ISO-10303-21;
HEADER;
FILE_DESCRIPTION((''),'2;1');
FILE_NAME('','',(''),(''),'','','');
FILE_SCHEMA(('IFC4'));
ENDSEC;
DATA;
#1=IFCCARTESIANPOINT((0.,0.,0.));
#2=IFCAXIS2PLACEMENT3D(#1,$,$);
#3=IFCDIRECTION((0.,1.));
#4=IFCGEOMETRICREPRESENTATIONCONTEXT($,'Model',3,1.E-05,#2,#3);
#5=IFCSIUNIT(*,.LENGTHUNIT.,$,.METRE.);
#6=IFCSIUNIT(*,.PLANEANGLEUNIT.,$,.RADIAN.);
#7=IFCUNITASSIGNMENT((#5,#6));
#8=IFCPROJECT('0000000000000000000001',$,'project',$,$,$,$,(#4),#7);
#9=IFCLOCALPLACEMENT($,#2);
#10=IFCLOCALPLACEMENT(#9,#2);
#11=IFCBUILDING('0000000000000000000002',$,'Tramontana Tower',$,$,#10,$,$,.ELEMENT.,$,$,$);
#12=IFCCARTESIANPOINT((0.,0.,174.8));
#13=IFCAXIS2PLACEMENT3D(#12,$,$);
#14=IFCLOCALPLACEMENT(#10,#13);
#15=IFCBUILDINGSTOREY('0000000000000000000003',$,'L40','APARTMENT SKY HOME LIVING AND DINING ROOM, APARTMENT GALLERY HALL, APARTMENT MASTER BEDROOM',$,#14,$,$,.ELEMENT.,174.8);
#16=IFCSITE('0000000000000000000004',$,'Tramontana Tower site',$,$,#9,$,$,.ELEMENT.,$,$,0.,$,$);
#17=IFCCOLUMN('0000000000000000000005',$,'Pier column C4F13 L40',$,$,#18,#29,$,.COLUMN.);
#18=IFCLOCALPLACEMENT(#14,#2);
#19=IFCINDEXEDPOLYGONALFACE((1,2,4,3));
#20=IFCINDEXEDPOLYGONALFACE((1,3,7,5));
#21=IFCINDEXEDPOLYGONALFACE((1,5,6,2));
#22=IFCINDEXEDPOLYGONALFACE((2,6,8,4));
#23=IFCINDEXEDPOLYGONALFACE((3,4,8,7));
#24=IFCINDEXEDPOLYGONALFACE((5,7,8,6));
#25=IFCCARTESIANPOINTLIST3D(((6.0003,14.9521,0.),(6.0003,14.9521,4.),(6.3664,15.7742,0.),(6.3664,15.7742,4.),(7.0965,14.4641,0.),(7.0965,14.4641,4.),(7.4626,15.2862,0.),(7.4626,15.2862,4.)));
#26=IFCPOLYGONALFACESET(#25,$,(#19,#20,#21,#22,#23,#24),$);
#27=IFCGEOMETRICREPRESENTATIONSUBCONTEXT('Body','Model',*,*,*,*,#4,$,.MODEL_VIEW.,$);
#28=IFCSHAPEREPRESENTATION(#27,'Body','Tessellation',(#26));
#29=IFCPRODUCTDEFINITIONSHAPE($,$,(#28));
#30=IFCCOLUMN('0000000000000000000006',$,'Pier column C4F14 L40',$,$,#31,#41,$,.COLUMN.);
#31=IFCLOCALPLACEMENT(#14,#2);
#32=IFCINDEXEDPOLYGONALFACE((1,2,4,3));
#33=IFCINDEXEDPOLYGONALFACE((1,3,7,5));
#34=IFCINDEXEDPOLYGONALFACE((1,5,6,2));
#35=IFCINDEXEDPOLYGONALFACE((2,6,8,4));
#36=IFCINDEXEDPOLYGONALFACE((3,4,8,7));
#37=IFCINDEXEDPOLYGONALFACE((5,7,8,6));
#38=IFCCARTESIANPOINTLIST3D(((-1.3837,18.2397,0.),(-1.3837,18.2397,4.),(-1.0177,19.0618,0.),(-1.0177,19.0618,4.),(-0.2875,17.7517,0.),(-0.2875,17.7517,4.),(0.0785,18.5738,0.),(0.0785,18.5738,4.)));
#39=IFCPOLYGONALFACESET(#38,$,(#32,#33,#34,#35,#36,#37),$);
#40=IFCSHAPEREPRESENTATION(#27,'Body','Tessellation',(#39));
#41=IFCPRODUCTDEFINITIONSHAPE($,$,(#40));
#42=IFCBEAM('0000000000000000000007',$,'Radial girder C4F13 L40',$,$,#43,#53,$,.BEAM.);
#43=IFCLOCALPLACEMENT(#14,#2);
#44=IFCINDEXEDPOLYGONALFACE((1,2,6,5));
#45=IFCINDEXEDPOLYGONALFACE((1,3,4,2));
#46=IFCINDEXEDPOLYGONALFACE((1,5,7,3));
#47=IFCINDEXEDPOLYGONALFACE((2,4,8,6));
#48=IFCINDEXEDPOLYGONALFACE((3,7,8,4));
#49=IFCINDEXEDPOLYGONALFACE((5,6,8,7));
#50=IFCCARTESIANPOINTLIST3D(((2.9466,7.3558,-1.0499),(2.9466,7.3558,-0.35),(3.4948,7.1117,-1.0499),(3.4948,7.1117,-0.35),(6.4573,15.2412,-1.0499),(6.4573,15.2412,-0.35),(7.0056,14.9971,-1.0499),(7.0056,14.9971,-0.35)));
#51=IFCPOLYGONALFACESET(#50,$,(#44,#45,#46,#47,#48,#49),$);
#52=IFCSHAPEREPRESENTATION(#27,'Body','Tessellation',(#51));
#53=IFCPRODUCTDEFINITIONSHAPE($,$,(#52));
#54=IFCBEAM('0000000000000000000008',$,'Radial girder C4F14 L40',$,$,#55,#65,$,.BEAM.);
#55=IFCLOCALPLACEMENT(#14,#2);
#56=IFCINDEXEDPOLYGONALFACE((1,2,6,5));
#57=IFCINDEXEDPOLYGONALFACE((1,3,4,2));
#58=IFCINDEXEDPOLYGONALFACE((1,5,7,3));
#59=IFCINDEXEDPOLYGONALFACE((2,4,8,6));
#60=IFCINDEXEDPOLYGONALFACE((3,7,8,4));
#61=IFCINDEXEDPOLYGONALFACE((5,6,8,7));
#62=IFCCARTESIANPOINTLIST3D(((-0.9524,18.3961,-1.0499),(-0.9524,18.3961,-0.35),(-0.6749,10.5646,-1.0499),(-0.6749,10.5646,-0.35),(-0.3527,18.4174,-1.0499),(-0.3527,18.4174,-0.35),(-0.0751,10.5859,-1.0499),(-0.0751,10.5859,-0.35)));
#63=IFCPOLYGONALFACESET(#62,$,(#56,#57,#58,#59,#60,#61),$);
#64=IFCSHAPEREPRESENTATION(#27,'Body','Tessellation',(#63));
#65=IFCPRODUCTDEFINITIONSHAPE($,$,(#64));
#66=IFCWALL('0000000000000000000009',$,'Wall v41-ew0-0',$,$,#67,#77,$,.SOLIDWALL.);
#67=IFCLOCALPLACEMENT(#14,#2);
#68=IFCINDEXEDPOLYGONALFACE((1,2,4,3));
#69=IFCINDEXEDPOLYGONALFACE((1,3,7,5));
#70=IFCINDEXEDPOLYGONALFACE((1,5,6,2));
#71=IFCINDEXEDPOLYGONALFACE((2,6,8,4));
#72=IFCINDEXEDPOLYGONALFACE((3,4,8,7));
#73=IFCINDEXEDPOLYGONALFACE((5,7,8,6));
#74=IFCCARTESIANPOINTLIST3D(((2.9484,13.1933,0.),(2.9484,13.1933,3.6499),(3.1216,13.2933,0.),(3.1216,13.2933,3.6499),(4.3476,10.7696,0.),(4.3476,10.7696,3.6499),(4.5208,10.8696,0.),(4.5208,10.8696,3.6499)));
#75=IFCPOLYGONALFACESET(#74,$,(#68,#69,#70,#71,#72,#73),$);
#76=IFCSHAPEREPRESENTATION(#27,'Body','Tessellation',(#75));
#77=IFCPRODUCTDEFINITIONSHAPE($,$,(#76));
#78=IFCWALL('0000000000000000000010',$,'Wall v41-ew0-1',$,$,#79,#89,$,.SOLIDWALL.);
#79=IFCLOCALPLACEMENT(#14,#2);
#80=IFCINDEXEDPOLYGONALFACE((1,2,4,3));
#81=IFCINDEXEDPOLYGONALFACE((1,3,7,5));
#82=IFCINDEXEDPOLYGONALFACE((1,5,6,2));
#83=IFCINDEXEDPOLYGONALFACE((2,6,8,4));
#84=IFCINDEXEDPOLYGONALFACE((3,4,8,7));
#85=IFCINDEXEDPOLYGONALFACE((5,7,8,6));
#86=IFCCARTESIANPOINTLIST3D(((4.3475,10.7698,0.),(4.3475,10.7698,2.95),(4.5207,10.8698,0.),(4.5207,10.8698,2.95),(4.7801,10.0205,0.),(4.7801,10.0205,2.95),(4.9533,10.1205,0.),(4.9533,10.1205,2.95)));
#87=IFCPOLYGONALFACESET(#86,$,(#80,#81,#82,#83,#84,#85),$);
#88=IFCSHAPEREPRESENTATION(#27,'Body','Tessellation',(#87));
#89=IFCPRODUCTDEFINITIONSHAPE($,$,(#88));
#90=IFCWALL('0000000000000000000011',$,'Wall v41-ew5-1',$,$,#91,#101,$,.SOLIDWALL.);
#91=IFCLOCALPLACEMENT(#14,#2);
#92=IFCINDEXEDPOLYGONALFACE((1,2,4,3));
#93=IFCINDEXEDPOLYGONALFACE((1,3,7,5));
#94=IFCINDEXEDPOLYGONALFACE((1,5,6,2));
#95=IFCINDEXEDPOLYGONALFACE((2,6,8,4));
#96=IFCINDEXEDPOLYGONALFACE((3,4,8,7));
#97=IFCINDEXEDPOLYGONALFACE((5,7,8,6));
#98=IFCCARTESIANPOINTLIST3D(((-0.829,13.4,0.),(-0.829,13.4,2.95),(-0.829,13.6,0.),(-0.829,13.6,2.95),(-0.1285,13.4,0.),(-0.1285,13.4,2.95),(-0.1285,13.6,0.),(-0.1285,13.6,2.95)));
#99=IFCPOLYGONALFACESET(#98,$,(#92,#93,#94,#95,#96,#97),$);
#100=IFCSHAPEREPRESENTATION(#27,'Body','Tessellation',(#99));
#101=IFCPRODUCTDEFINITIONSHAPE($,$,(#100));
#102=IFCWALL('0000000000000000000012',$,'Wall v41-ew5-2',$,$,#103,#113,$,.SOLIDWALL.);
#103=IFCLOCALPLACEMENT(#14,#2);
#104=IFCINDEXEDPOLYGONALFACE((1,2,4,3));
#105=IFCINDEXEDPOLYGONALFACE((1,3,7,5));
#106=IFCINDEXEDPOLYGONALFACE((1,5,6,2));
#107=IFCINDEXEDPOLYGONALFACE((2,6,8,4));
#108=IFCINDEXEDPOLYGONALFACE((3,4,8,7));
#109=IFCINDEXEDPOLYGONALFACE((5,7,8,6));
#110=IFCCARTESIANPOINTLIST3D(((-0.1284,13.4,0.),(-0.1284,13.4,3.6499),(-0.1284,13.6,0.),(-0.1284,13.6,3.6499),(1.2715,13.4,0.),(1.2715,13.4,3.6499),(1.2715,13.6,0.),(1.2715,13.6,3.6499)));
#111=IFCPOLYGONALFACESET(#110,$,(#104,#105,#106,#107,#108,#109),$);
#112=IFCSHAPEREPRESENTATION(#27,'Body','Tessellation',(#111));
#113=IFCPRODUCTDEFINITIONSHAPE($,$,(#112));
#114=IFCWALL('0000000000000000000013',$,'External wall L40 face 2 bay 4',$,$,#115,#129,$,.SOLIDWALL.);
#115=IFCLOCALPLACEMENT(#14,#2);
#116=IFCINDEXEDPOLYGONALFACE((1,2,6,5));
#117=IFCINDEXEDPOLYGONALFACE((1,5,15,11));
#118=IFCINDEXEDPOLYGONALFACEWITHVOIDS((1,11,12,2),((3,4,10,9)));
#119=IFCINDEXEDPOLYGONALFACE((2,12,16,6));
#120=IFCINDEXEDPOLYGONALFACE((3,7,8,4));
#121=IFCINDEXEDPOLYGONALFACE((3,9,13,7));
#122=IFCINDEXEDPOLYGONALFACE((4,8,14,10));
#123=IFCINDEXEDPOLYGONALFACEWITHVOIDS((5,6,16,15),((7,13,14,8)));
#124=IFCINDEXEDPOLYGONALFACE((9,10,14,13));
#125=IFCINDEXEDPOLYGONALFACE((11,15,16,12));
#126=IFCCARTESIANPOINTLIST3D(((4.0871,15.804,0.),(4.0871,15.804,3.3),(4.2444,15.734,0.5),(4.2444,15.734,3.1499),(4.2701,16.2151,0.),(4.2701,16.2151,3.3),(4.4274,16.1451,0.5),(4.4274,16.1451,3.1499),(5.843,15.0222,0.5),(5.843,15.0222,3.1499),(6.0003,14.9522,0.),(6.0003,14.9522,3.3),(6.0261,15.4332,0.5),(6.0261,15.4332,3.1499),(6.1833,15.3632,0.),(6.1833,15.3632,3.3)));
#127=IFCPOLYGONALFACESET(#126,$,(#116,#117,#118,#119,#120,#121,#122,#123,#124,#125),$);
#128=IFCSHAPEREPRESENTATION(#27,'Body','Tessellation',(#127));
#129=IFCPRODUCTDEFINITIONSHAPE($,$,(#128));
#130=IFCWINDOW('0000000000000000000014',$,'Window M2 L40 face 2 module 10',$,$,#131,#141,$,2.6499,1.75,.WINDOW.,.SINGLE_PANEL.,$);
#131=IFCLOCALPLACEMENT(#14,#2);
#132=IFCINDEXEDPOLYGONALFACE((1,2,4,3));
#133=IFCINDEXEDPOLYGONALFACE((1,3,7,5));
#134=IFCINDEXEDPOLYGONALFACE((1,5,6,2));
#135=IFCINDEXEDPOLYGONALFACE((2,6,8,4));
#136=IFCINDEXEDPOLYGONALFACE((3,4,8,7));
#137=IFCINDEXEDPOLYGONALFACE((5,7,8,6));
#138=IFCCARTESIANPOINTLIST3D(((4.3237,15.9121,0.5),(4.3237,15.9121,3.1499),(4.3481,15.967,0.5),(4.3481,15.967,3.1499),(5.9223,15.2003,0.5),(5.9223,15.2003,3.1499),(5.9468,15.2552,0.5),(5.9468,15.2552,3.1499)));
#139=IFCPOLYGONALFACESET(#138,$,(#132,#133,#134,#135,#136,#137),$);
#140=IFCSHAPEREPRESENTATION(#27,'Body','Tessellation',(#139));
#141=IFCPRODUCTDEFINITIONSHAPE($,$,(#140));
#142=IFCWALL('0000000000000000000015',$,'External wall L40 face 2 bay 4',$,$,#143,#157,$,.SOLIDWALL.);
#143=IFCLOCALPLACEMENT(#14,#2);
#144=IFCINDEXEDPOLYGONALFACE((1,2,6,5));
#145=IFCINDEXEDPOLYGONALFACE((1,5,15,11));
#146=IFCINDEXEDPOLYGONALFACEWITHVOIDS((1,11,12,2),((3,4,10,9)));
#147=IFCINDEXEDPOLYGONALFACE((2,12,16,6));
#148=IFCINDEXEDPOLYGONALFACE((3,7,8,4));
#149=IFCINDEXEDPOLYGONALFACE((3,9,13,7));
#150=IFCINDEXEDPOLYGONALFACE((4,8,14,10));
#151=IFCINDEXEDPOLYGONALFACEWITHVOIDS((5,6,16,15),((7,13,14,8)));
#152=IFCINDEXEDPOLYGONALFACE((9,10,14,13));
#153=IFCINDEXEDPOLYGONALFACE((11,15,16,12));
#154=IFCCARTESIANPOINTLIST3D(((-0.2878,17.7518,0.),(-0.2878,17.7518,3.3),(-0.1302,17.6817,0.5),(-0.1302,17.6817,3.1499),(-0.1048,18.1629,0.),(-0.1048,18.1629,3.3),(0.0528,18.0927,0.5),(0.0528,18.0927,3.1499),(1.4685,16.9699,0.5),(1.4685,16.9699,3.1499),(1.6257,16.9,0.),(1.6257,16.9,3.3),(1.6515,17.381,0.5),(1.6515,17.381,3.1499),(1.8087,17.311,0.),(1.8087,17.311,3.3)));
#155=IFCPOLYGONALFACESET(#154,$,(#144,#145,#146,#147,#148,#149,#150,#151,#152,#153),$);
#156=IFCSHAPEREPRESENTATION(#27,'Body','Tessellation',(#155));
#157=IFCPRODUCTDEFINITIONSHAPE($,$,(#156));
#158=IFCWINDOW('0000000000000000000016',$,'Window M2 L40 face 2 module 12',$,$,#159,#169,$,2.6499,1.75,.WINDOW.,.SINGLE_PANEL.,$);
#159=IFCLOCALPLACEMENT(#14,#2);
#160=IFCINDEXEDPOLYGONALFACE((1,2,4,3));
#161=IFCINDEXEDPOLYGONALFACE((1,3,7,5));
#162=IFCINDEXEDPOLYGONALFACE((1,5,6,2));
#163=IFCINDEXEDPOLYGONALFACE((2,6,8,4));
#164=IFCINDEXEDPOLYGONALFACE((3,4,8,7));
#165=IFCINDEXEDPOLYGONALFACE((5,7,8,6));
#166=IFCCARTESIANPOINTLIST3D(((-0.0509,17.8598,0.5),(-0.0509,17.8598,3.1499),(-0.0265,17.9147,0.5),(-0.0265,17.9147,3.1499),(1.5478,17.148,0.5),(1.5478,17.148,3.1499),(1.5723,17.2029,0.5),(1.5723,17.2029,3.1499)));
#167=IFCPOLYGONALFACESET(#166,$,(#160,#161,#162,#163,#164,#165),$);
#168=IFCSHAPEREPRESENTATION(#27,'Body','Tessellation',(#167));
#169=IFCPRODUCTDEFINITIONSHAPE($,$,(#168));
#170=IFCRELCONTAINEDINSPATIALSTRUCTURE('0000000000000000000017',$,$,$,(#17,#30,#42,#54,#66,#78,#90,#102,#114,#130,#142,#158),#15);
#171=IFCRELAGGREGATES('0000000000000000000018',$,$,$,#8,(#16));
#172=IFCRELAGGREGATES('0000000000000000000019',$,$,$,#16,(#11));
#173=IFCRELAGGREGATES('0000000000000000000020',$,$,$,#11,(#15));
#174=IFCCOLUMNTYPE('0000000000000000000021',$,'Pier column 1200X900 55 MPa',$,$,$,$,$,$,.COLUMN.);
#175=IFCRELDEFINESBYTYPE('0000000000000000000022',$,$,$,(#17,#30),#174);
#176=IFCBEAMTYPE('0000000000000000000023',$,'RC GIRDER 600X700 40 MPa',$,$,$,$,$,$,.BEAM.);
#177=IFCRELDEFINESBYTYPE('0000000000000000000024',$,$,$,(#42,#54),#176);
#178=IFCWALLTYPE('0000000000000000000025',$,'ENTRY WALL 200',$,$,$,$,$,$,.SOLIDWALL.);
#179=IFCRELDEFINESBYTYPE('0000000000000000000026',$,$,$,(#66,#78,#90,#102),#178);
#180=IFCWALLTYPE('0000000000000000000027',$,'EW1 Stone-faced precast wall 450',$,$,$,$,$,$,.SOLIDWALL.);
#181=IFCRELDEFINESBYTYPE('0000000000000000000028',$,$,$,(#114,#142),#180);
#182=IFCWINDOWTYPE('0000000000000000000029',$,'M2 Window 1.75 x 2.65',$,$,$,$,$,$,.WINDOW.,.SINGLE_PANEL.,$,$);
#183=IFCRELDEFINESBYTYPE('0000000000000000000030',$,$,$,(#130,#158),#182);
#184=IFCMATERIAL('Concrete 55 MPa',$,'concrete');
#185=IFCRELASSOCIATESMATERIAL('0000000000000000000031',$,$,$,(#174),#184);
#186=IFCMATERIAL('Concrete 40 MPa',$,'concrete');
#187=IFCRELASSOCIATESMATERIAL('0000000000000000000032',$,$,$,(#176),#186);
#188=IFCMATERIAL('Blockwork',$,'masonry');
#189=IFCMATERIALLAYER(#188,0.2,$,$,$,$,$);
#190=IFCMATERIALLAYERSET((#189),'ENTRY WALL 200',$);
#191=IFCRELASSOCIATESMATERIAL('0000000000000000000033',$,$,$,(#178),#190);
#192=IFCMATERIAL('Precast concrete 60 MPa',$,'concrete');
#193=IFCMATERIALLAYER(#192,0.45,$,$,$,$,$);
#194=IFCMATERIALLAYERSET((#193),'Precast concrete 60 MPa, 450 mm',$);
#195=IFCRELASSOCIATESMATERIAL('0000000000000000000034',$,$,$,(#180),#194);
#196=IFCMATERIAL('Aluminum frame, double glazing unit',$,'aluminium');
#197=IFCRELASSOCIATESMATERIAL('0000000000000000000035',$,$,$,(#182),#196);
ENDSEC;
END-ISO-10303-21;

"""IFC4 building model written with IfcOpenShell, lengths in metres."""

from ifc_helpers import new_model, si_unit, direction, frame, frame_2d, origin, origin_2d, place, context, subcontext, project, spatial, rectangle, extrude, material, layer, layer_set, material_profile, profile_set, type_object, element, fill, save


model = new_model("IFC4")

# Units and contexts
model_context = context("Model", 3, precision=1e-05, world=origin(), true_north=direction((0.0, 1.0)))
body_context = subcontext(model_context, "Body", "Model", "MODEL_VIEW")
ifc_project = project(units=[si_unit("LENGTHUNIT", "METRE"), si_unit("PLANEANGLEUNIT", "RADIAN")], contexts=[model_context])

# Site, building, storey
site_placement = place(None, origin())
site = spatial("IfcSite", under=ifc_project, at=site_placement, Name="Tramontana Tower site", CompositionType="ELEMENT", RefElevation=0.0)
building_placement = place(site_placement, origin())
building = spatial("IfcBuilding", under=site, at=building_placement, Name="Tramontana Tower", CompositionType="ELEMENT")
storey_placement = place(building_placement, frame((0.0, 0.0, 174.8)))
storey = spatial("IfcBuildingStorey", under=building, at=storey_placement, Name="L40", Description="APARTMENT SKY HOME LIVING AND DINING ROOM, APARTMENT GALLERY HALL, APARTMENT MASTER BEDROOM", CompositionType="ELEMENT", Elevation=174.8)

# Columns
ifc_material_1 = material(Name="Concrete 55 MPa", Category="concrete")
ifc_material_profile_1 = material_profile(ifc_material_1, rectangle(XDim=1.2, YDim=0.8999, at=origin_2d()), Name="Pier column 1200X900 55 MPa")
ifc_profile_set_1 = profile_set([ifc_material_profile_1], Name="Concrete 55 MPa")
column_type = type_object("IfcColumnType", Name="Pier column 1200X900 55 MPa", PredefinedType="COLUMN", material=ifc_profile_set_1)
for number, where, z_axis, x_axis, name in (
    (1, (6.7314, 15.1191, 0.0), (0.0, 0.0, 1.0), (-0.913545, 0.406737, 0.0), "Pier column C4F13 L40"),
    (2, (-0.6526, 18.4067, 0.0), (0.0, 0.0, 1.0), (-0.913545, 0.406737, 0.0), "Pier column C4F14 L40"),
):
    element("IfcColumn", number, at=place(storey_placement, frame(where, z_axis=z_axis, x_axis=x_axis)), inside=storey, type_object=column_type, Name=name, PredefinedType="COLUMN", context=body_context, shape_type="SweptSolid", body=[
        extrude(rectangle(XDim=1.2, YDim=0.8999, at=origin_2d()), origin(), (0.0, 0.0, 1.0), 4.0),
    ])

# Beams
ifc_material_2 = material(Name="Concrete 40 MPa", Category="concrete")
ifc_material_profile_2 = material_profile(ifc_material_2, rectangle(XDim=0.6001, YDim=0.7, at=origin_2d()), Name="RC GIRDER 600X700 40 MPa")
ifc_profile_set_2 = profile_set([ifc_material_profile_2], Name="Concrete 40 MPa")
beam_type = type_object("IfcBeamType", Name="RC GIRDER 600X700 40 MPa", PredefinedType="BEAM", material=ifc_profile_set_2)
beam_1_placement = place(storey_placement, frame((6.7314, 15.1191, -0.7), z_axis=(-0.406737, -0.913545, 0.0), x_axis=(0.913545, -0.406737, 0.0)))
element("IfcBeam", 3, at=beam_1_placement, inside=storey, type_object=beam_type, Name="Radial girder C4F13 L40", PredefinedType="BEAM", context=body_context, shape_type="SweptSolid", body=[
    extrude(rectangle(XDim=0.6001, YDim=0.7, at=origin_2d()), origin(), (0.0, 0.0, 1.0), 8.6316),
])
beam_2_placement = place(storey_placement, frame((-0.6526, 18.4067, -0.7), z_axis=(0.035423, -0.999372, 0.0), x_axis=(0.999372, 0.035423, 0.0)))
element("IfcBeam", 4, at=beam_2_placement, inside=storey, type_object=beam_type, Name="Radial girder C4F14 L40", PredefinedType="BEAM", context=body_context, shape_type="SweptSolid", body=[
    extrude(rectangle(XDim=0.6001, YDim=0.7, at=origin_2d()), origin(), (0.0, 0.0, 1.0), 7.8364),
])

# Walls
ifc_material_3 = material(Name="Blockwork", Category="masonry")
ifc_layer_1 = layer(ifc_material_3, 0.2)
ifc_layer_set_1 = layer_set([ifc_layer_1], Name="ENTRY WALL 200")
wall_type_1 = type_object("IfcWallType", Name="ENTRY WALL 200", PredefinedType="SOLIDWALL", material=ifc_layer_set_1)
wall_1_placement = place(storey_placement, frame((3.0349, 13.2434, 0.0), z_axis=(0.0, 0.0, 1.0), x_axis=(0.499977, -0.866039, 0.0)))
element("IfcWall", 5, at=wall_1_placement, inside=storey, type_object=wall_type_1, Name="Wall v41-ew0-0", PredefinedType="SOLIDWALL", context=body_context, shape_type="SweptSolid", body=[
    extrude(rectangle(XDim=2.7986, YDim=0.2, at=frame_2d((1.3994, 0.0))), origin(), (0.0, 0.0, 1.0), 3.6499),
])
wall_2_placement = place(storey_placement, frame((4.4341, 10.8198, 0.0), z_axis=(0.0, 0.0, 1.0), x_axis=(0.500024, -0.866012, 0.0)))
element("IfcWall", 6, at=wall_2_placement, inside=storey, type_object=wall_type_1, Name="Wall v41-ew0-1", PredefinedType="SOLIDWALL", context=body_context, shape_type="SweptSolid", body=[
    extrude(rectangle(XDim=0.8652, YDim=0.2, at=frame_2d((0.4326, 0.0))), origin(), (0.0, 0.0, 1.0), 2.95),
])
wall_3_placement = place(storey_placement, frame((-0.8289, 13.5, 0.0), z_axis=(0.0, 0.0, 1.0), x_axis=(1.0, 0.0, 0.0)))
element("IfcWall", 7, at=wall_3_placement, inside=storey, type_object=wall_type_1, Name="Wall v41-ew5-1", PredefinedType="SOLIDWALL", context=body_context, shape_type="SweptSolid", body=[
    extrude(rectangle(XDim=0.7004, YDim=0.2, at=frame_2d((0.3501, 0.0))), origin(), (0.0, 0.0, 1.0), 2.95),
])
wall_4_placement = place(storey_placement, frame((-0.1284, 13.5, 0.0), z_axis=(0.0, 0.0, 1.0), x_axis=(1.0, 0.0, 0.0)))
element("IfcWall", 8, at=wall_4_placement, inside=storey, type_object=wall_type_1, Name="Wall v41-ew5-2", PredefinedType="SOLIDWALL", context=body_context, shape_type="SweptSolid", body=[
    extrude(rectangle(XDim=1.3999, YDim=0.2, at=frame_2d((0.7, 0.0))), origin(), (0.0, 0.0, 1.0), 3.6499),
])

# Walls, openings, windows
ifc_material_4 = material(Name="Precast concrete 60 MPa", Category="concrete")
ifc_layer_2 = layer(ifc_material_4, 0.45)
ifc_layer_set_2 = layer_set([ifc_layer_2], Name="Precast concrete 60 MPa, 450 mm")
wall_type_2 = type_object("IfcWallType", Name="EW1 Stone-faced precast wall 450", PredefinedType="SOLIDWALL", material=ifc_layer_set_2)
wall_5_placement = place(storey_placement, frame((6.0918, 15.1577, 0.0), z_axis=(0.0, 0.0, 1.0), x_axis=(-0.913537, 0.406755, 0.0)))
wall_5 = element("IfcWall", 9, at=wall_5_placement, inside=storey, type_object=wall_type_2, Name="External wall L40 face 2 bay 4", PredefinedType="SOLIDWALL", context=body_context, shape_type="SweptSolid", body=[
    extrude(rectangle(XDim=2.0942, YDim=0.45, at=frame_2d((1.0471, 0.0))), origin(), (0.0, 0.0, 1.0), 3.3),
])
opening_1_placement = place(wall_5_placement, frame((0.1721, 0.0, 0.5)))
opening_1 = element("IfcOpeningElement", 10, at=opening_1_placement, cuts=wall_5, PredefinedType="OPENING", context=body_context, shape_type="SweptSolid", body=[
    extrude(rectangle(XDim=1.75, YDim=2.6499, at=frame_2d((0.875, 1.325))), frame((0.0, 0.2349, 0.0), z_axis=(0.0, -1.0, 0.0), x_axis=(1.0, 0.0, 0.0)), (0.0, 0.0, 1.0), 0.47),
])
ifc_material_5 = material(Name="Aluminum frame, double glazing unit", Category="aluminium")
window_type = type_object("IfcWindowType", Name="M2 Window 1.75 x 2.65", PartitioningType="SINGLE_PANEL", PredefinedType="WINDOW", material=ifc_material_5)
window_1_placement = place(opening_1_placement, origin())
window_1 = element("IfcWindow", 11, at=window_1_placement, inside=storey, type_object=window_type, Name="Window M2 L40 face 2 module 10", OverallHeight=2.6499, OverallWidth=1.75, PartitioningType="SINGLE_PANEL", PredefinedType="WINDOW", context=body_context, shape_type="SweptSolid", body=[
    extrude(rectangle(XDim=1.75, YDim=2.6499, at=frame_2d((0.875, 1.325))), frame((0.0, 0.03, 0.0), z_axis=(0.0, -1.0, 0.0), x_axis=(1.0, 0.0, 0.0)), (0.0, 0.0, 1.0), 0.0601),
])
fill(opening_1, window_1)
wall_6_placement = place(storey_placement, frame((1.7173, 17.1055, 0.0), z_axis=(0.0, 0.0, 1.0), x_axis=(-0.913557, 0.406712, 0.0)))
wall_6 = element("IfcWall", 12, at=wall_6_placement, inside=storey, type_object=wall_type_2, Name="External wall L40 face 2 bay 4", PredefinedType="SOLIDWALL", context=body_context, shape_type="SweptSolid", body=[
    extrude(rectangle(XDim=2.0945, YDim=0.45, at=frame_2d((1.0474, 0.0))), origin(), (0.0, 0.0, 1.0), 3.3),
])
opening_2_placement = place(wall_6_placement, frame((0.1721, 0.0, 0.5)))
opening_2 = element("IfcOpeningElement", 13, at=opening_2_placement, cuts=wall_6, PredefinedType="OPENING", context=body_context, shape_type="SweptSolid", body=[
    extrude(rectangle(XDim=1.75, YDim=2.6499, at=frame_2d((0.875, 1.325))), frame((0.0, 0.2349, 0.0), z_axis=(0.0, -1.0, 0.0), x_axis=(1.0, 0.0, 0.0)), (0.0, 0.0, 1.0), 0.47),
])
window_2_placement = place(opening_2_placement, origin())
window_2 = element("IfcWindow", 14, at=window_2_placement, inside=storey, type_object=window_type, Name="Window M2 L40 face 2 module 12", OverallHeight=2.6499, OverallWidth=1.75, PartitioningType="SINGLE_PANEL", PredefinedType="WINDOW", context=body_context, shape_type="SweptSolid", body=[
    extrude(rectangle(XDim=1.75, YDim=2.6499, at=frame_2d((0.875, 1.325))), frame((0.0, 0.03, 0.0), z_axis=(0.0, -1.0, 0.0), x_axis=(1.0, 0.0, 0.0)), (0.0, 0.0, 1.0), 0.0601),
])
fill(opening_2, window_2)

save(model, "model.ifc")
